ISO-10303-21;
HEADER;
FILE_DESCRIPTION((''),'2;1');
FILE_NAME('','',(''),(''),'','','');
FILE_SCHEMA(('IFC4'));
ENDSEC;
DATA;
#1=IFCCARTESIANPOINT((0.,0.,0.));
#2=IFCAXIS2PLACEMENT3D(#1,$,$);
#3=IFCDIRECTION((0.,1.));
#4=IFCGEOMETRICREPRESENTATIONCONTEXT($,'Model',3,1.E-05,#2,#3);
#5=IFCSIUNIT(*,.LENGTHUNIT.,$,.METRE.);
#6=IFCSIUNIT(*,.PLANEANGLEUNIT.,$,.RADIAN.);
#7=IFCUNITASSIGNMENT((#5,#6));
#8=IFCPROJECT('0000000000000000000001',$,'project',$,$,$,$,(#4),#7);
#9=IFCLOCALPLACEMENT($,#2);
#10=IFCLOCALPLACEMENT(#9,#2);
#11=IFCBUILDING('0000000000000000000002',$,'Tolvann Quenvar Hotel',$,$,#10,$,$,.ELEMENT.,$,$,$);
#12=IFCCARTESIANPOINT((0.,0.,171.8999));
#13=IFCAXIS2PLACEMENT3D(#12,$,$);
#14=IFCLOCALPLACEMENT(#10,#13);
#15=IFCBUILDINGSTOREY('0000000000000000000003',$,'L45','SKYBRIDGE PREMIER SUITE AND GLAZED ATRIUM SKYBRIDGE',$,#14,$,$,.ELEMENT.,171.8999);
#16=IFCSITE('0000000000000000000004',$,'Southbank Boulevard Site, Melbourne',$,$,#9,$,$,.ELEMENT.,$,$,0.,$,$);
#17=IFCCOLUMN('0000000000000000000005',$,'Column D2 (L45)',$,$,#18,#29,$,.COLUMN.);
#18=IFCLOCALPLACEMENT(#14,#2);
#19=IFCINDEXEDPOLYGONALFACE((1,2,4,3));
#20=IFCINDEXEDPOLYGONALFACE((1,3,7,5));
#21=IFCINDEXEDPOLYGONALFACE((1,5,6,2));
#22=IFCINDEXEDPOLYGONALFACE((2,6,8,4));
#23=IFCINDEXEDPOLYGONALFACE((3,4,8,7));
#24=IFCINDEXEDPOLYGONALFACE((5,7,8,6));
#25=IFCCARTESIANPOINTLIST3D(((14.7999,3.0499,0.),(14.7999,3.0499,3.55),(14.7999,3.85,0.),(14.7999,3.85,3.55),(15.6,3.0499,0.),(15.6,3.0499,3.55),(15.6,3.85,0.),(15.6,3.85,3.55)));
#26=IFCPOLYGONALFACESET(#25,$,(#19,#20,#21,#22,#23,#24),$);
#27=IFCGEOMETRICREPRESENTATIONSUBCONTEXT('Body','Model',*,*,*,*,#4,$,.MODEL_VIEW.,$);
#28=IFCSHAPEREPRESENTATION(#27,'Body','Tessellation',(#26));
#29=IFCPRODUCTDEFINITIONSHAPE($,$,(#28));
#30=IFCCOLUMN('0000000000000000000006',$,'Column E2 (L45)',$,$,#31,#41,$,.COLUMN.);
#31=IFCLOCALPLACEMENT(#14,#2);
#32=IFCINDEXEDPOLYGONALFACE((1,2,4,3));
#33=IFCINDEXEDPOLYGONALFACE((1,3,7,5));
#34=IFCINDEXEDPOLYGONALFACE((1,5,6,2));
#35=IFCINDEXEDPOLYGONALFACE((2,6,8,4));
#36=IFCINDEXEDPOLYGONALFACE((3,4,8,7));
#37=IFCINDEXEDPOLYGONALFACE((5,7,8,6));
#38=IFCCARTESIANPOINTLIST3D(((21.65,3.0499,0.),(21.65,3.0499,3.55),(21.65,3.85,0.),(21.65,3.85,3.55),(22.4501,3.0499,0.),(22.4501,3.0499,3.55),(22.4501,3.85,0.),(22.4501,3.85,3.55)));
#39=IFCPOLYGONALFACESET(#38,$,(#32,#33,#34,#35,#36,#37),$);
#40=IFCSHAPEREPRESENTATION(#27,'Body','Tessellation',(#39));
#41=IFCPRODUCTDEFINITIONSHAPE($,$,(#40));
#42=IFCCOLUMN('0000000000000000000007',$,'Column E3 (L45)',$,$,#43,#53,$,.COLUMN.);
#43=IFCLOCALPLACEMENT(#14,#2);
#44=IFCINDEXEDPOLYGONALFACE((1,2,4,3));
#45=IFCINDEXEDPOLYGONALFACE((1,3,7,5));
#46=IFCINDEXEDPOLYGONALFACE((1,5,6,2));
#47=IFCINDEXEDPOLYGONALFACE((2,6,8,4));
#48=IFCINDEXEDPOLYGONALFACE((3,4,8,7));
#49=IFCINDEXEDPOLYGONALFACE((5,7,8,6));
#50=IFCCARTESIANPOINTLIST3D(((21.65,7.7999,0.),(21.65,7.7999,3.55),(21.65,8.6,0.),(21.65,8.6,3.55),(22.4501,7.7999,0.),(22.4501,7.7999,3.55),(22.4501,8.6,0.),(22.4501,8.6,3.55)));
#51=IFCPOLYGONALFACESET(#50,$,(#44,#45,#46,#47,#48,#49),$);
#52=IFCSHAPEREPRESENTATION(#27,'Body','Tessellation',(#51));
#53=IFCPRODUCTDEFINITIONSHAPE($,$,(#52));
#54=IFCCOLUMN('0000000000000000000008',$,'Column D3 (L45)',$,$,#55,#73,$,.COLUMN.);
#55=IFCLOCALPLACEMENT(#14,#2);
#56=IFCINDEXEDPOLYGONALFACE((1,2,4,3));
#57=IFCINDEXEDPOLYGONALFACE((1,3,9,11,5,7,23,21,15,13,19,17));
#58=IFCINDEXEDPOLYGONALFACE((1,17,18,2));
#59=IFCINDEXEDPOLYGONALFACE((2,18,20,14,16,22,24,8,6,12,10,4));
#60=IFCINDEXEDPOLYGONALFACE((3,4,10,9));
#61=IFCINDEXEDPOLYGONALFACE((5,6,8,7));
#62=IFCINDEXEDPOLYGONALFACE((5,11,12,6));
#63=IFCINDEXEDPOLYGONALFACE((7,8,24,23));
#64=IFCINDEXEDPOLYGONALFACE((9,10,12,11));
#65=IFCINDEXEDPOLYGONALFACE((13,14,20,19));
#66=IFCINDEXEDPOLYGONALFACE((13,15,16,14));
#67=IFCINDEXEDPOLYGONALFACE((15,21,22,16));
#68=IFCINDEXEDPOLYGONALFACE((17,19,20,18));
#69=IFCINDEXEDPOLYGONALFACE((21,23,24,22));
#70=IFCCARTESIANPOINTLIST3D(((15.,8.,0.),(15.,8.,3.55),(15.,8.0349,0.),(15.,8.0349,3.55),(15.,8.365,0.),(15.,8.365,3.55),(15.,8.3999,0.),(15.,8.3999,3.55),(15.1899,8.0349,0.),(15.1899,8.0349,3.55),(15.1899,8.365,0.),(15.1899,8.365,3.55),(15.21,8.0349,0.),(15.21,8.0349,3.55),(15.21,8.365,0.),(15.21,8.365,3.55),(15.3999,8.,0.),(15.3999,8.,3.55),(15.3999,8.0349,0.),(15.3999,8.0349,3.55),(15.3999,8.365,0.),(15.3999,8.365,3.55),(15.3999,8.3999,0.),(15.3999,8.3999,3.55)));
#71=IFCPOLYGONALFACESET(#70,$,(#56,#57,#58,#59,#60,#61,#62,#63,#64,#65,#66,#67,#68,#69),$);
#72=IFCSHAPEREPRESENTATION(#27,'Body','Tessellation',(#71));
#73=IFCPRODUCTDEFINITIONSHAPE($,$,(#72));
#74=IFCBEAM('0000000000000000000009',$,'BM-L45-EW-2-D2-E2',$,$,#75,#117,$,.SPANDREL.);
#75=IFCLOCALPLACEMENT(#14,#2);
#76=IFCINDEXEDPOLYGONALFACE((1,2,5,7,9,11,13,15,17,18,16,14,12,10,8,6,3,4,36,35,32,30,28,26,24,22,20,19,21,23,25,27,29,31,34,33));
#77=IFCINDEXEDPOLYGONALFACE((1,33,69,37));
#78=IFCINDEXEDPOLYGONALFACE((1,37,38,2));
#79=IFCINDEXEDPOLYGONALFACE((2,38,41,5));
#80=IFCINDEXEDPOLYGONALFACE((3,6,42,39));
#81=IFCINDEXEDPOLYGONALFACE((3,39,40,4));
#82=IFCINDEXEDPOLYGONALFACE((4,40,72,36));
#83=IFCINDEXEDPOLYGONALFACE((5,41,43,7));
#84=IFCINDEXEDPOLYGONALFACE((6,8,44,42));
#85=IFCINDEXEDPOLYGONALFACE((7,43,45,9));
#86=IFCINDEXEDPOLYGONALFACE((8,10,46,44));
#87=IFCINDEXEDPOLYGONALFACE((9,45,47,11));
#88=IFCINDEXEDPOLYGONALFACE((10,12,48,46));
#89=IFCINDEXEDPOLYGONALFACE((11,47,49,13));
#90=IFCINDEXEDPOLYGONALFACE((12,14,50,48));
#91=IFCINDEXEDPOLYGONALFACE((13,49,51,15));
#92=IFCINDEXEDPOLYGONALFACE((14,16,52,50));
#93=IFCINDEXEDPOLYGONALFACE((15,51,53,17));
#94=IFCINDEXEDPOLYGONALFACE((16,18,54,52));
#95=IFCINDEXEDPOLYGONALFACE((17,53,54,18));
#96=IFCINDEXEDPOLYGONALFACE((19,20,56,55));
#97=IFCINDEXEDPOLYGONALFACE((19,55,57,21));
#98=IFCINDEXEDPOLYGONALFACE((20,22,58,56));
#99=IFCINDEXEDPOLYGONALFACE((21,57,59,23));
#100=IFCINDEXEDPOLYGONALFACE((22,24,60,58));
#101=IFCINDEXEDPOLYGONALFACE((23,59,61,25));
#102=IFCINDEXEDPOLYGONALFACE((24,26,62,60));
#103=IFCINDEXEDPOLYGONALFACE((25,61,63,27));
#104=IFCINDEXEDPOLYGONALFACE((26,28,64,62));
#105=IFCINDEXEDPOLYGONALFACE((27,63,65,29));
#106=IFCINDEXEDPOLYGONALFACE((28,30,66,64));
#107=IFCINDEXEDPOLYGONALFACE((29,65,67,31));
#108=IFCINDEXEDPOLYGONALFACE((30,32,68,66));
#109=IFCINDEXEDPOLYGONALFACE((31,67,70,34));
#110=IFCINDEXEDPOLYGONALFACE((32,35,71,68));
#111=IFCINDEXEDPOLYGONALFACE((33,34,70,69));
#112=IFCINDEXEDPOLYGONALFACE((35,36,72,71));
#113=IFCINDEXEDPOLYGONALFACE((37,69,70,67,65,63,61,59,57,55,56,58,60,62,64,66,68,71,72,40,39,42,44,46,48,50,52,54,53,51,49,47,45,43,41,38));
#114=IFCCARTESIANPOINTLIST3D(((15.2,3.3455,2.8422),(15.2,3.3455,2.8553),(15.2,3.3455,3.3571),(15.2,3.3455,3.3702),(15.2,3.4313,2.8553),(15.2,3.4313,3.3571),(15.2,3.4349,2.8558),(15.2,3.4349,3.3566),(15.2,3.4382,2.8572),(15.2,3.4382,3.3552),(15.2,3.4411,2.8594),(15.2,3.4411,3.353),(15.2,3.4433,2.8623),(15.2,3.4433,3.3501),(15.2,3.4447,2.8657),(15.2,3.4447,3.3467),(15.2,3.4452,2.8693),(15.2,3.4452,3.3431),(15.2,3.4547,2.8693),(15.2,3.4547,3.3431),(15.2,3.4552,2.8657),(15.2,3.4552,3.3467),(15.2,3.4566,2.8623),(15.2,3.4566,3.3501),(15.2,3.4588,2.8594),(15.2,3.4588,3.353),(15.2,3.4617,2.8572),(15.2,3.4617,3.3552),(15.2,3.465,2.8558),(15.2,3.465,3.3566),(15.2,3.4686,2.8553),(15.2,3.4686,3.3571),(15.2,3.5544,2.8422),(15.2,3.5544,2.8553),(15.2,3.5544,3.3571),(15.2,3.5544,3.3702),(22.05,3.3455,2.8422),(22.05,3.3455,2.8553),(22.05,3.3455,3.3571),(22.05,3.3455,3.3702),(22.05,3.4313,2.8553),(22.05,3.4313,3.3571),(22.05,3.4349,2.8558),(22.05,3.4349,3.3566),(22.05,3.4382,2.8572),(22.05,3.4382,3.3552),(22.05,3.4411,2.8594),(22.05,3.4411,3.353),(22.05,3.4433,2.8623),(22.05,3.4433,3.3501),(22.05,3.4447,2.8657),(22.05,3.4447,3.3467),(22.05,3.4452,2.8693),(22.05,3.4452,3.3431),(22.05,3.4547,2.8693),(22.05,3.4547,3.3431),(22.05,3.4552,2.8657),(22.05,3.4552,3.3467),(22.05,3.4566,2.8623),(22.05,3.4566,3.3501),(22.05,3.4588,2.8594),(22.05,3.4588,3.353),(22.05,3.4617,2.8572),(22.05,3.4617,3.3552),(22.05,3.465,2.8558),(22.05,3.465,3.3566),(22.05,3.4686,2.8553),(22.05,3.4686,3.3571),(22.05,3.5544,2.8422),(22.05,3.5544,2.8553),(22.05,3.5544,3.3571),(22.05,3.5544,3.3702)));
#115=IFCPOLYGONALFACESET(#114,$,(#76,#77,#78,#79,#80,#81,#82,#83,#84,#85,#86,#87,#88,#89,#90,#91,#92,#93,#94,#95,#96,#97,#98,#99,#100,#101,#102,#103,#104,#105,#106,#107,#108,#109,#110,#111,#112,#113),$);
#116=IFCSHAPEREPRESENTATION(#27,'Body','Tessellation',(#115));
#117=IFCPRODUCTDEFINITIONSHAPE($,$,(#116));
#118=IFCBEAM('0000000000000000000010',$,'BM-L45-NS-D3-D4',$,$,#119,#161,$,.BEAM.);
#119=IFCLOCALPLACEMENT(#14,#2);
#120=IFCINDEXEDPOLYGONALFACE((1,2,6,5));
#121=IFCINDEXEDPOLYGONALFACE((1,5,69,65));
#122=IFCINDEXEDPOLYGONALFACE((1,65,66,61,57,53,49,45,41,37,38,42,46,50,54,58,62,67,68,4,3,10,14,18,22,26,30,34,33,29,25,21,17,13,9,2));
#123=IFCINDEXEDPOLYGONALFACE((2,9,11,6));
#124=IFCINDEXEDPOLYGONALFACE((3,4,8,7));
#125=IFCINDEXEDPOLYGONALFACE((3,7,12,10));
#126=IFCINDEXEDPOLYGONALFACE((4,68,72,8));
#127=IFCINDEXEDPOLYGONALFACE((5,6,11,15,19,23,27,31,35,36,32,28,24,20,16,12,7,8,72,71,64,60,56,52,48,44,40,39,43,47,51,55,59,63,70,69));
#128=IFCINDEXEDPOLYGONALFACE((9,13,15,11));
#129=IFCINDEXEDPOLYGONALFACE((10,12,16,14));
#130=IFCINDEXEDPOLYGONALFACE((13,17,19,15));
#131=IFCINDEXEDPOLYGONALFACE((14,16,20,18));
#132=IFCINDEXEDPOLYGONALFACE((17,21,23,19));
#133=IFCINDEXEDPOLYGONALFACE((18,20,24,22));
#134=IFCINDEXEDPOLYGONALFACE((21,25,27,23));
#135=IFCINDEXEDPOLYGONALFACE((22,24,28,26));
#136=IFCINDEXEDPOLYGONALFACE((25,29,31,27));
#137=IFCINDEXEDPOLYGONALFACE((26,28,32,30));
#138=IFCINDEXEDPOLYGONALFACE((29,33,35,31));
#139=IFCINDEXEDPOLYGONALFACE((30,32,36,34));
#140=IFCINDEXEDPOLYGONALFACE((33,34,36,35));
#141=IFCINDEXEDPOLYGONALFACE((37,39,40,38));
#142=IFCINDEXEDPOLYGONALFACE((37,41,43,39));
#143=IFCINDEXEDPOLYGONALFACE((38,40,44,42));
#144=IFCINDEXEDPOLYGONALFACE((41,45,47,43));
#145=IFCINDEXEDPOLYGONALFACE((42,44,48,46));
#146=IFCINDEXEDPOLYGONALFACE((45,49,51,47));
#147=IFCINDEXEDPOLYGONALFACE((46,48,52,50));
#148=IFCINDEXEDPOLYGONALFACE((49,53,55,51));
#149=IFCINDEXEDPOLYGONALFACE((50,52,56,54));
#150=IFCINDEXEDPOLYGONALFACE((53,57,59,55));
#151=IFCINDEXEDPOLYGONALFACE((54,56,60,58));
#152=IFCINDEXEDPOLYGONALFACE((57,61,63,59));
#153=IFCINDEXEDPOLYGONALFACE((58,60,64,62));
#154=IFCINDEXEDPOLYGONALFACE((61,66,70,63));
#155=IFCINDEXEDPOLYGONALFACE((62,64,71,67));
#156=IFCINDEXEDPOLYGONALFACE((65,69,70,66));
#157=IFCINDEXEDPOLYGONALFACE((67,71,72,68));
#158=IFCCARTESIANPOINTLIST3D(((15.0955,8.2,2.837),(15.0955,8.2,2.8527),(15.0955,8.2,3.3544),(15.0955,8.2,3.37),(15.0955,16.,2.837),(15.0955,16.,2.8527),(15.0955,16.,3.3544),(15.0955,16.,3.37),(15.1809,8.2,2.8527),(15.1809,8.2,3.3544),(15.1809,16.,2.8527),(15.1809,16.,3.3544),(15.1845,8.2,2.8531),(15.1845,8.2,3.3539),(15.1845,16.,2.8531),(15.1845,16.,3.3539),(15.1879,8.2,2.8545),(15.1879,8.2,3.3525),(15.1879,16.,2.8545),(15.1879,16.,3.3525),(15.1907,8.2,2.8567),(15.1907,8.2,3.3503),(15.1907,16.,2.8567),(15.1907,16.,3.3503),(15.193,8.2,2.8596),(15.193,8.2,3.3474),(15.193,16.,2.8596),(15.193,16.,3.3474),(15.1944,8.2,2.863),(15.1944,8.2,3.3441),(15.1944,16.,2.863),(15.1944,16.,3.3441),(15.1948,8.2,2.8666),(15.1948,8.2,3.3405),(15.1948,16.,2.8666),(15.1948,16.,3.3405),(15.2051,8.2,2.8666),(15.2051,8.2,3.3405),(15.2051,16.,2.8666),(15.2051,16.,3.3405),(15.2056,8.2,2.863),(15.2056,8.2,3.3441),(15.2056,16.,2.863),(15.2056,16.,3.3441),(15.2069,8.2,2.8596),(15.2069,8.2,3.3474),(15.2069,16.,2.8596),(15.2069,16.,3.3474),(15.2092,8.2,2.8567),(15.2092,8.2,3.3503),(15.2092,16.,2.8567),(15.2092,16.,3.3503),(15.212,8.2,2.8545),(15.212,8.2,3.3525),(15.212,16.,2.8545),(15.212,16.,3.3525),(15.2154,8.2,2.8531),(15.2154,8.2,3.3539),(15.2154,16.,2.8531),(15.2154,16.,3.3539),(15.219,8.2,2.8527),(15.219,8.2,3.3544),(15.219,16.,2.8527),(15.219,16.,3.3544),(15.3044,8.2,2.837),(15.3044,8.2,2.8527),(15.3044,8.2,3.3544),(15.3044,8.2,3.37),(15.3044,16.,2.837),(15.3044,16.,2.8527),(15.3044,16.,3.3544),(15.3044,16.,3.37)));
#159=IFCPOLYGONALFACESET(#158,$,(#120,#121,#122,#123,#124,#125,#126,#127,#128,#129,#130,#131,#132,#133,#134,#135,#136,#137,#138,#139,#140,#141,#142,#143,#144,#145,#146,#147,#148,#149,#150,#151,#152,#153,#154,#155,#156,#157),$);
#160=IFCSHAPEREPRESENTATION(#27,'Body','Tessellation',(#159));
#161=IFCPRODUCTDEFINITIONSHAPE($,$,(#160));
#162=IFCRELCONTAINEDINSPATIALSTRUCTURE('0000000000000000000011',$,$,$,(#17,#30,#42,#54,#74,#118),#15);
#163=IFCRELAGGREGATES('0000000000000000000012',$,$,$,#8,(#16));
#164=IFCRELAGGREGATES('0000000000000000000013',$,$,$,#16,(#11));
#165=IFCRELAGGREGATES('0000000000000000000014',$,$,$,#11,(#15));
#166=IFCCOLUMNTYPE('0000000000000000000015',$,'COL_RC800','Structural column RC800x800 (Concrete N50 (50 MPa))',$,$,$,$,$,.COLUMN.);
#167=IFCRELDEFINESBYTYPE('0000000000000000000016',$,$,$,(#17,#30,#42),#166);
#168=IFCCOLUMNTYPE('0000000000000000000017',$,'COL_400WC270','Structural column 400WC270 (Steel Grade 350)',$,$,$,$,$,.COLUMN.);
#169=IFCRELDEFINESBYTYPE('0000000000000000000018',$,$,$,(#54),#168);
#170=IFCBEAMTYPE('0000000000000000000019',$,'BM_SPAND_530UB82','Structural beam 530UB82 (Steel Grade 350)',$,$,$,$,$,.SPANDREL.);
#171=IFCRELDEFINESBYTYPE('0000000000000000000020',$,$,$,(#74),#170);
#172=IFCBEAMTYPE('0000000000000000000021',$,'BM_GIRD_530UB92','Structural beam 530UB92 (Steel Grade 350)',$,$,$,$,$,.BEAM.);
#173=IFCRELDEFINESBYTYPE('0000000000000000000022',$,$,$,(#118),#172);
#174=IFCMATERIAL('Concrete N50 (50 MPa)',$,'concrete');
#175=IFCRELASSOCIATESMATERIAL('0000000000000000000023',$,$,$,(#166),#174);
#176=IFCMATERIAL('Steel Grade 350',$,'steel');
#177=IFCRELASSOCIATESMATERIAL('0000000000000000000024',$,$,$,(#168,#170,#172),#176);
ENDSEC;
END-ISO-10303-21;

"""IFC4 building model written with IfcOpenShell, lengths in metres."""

from ifc_helpers import new_model, si_unit, direction, frame, origin, origin_2d, place, context, subcontext, project, spatial, rectangle, i_section, extrude, source, transform, mapped, material, material_profile, profile_set, type_object, type_shapes, element, save


model = new_model("IFC4")

# Units and contexts
model_context = context("Model", 3, precision=1e-05, world=origin(), true_north=direction((0.0, 1.0)))
body_context = subcontext(model_context, "Body", "Model", "MODEL_VIEW")
ifc_project = project(units=[si_unit("LENGTHUNIT", "METRE"), si_unit("PLANEANGLEUNIT", "RADIAN")], contexts=[model_context])

# Site, building, storey
site_placement = place(None, origin())
site = spatial("IfcSite", under=ifc_project, at=site_placement, Name="Southbank Boulevard Site, Melbourne", CompositionType="ELEMENT", RefElevation=0.0)
building_placement = place(site_placement, origin())
building = spatial("IfcBuilding", under=site, at=building_placement, Name="Tolvann Quenvar Hotel", CompositionType="ELEMENT")
storey_placement = place(building_placement, frame((0.0, 0.0, 171.8999)))
storey = spatial("IfcBuildingStorey", under=building, at=storey_placement, Name="L45", Description="SKYBRIDGE PREMIER SUITE AND GLAZED ATRIUM SKYBRIDGE", CompositionType="ELEMENT", Elevation=171.8999)

# Columns
ifc_material_1 = material(Name="Concrete N50 (50 MPa)", Category="concrete")
ifc_material_profile_1 = material_profile(ifc_material_1, rectangle(XDim=0.8, YDim=0.8, at=origin_2d()), Name="RC800x800")
ifc_profile_set_1 = profile_set([ifc_material_profile_1], Name="Concrete N50 (50 MPa)")
column_type_1 = type_object("IfcColumnType", Name="COL_RC800", Description="Structural column RC800x800 (Concrete N50 (50 MPa))", PredefinedType="COLUMN", material=ifc_profile_set_1)
shared_shape_1 = source(origin(), body_context, "Body", "SweptSolid", [
    extrude(rectangle(XDim=0.8, YDim=0.8, at=origin_2d()), origin(), (0.0, 0.0, 1.0), 3.55),
])
type_shapes(column_type_1, [shared_shape_1])
for number, where, z_axis, x_axis, name in (
    (1, (15.2, 3.45, 0.0), (0.0, 0.0, 1.0), (1.0, 0.0, 0.0), "Column D2 (L45)"),
    (2, (22.05, 3.45, 0.0), (0.0, 0.0, 1.0), (1.0, 0.0, 0.0), "Column E2 (L45)"),
    (3, (22.05, 8.2, 0.0), (0.0, 0.0, 1.0), (1.0, 0.0, 0.0), "Column E3 (L45)"),
):
    element("IfcColumn", number, at=place(storey_placement, frame(where, z_axis=z_axis, x_axis=x_axis)), inside=storey, type_object=column_type_1, Name=name, PredefinedType="COLUMN", context=body_context, shape_type="MappedRepresentation", body=[
        mapped(shared_shape_1, transform((0.0, 0.0, 0.0), x_axis=(1.0, 0.0, 0.0), y_axis=(0.0, 1.0, 0.0), z_axis=(0.0, 0.0, 1.0), scale=1.0)),
    ])
ifc_material_2 = material(Name="Steel Grade 350", Category="steel")
ifc_material_profile_2 = material_profile(ifc_material_2, i_section(OverallWidth=0.3999, OverallDepth=0.3999, WebThickness=0.02, FlangeThickness=0.0349, at=origin_2d()), Name="400WC270")
ifc_profile_set_2 = profile_set([ifc_material_profile_2], Name="Steel Grade 350")
column_type_2 = type_object("IfcColumnType", Name="COL_400WC270", Description="Structural column 400WC270 (Steel Grade 350)", PredefinedType="COLUMN", material=ifc_profile_set_2)
shared_shape_2 = source(origin(), body_context, "Body", "SweptSolid", [
    extrude(i_section(OverallWidth=0.3999, OverallDepth=0.3999, WebThickness=0.02, FlangeThickness=0.0349, at=origin_2d()), origin(), (0.0, 0.0, 1.0), 3.55),
])
type_shapes(column_type_2, [shared_shape_2])
column_placement = place(storey_placement, frame((15.2, 8.2, 0.0), z_axis=(0.0, 0.0, 1.0), x_axis=(1.0, 0.0, 0.0)))
element("IfcColumn", 4, at=column_placement, inside=storey, type_object=column_type_2, Name="Column D3 (L45)", PredefinedType="COLUMN", context=body_context, shape_type="MappedRepresentation", body=[
    mapped(shared_shape_2, transform((0.0, 0.0, 0.0), x_axis=(1.0, 0.0, 0.0), y_axis=(0.0, 1.0, 0.0), z_axis=(0.0, 0.0, 1.0), scale=1.0)),
])

# Beams
ifc_material_profile_3 = material_profile(ifc_material_2, i_section(OverallWidth=0.209, OverallDepth=0.5281, WebThickness=0.0095, FlangeThickness=0.0132, FilletRadius=0.0139, at=origin_2d()), Name="530UB82")
ifc_profile_set_3 = profile_set([ifc_material_profile_3], Name="Steel Grade 350")
beam_type_1 = type_object("IfcBeamType", Name="BM_SPAND_530UB82", Description="Structural beam 530UB82 (Steel Grade 350)", PredefinedType="SPANDREL", material=ifc_profile_set_3)
shared_shape_3 = source(origin(), body_context, "Body", "SweptSolid", [
    extrude(i_section(OverallWidth=0.209, OverallDepth=0.5281, WebThickness=0.0095, FlangeThickness=0.0132, FilletRadius=0.0139, at=origin_2d()), origin(), (0.0, 0.0, 1.0), 6.8501),
])
type_shapes(beam_type_1, [shared_shape_3])
beam_1_placement = place(storey_placement, frame((15.2, 3.45, 3.1062), z_axis=(1.0, 0.0, 0.0), x_axis=(0.0, 1.0, 0.0)))
element("IfcBeam", 5, at=beam_1_placement, inside=storey, type_object=beam_type_1, Name="BM-L45-EW-2-D2-E2", PredefinedType="SPANDREL", context=body_context, shape_type="MappedRepresentation", body=[
    mapped(shared_shape_3, transform((0.0, 0.0, 0.0), x_axis=(1.0, 0.0, 0.0), y_axis=(0.0, 1.0, 0.0), z_axis=(0.0, 0.0, 1.0), scale=1.0)),
])
ifc_material_profile_4 = material_profile(ifc_material_2, i_section(OverallWidth=0.209, OverallDepth=0.533, WebThickness=0.0103, FlangeThickness=0.0156, FilletRadius=0.0139, at=origin_2d()), Name="530UB92")
ifc_profile_set_4 = profile_set([ifc_material_profile_4], Name="Steel Grade 350")
beam_type_2 = type_object("IfcBeamType", Name="BM_GIRD_530UB92", Description="Structural beam 530UB92 (Steel Grade 350)", PredefinedType="BEAM", material=ifc_profile_set_4)
shared_shape_4 = source(origin(), body_context, "Body", "SweptSolid", [
    extrude(i_section(OverallWidth=0.209, OverallDepth=0.533, WebThickness=0.0103, FlangeThickness=0.0156, FilletRadius=0.0139, at=origin_2d()), origin(), (0.0, 0.0, 1.0), 7.8),
])
beam_2_placement = place(storey_placement, frame((15.2, 8.2, 3.1035), z_axis=(0.0, 1.0, 0.0), x_axis=(-1.0, 0.0, 0.0)))
element("IfcBeam", 6, at=beam_2_placement, inside=storey, type_object=beam_type_2, Name="BM-L45-NS-D3-D4", PredefinedType="BEAM", context=body_context, shape_type="MappedRepresentation", body=[
    mapped(shared_shape_4, transform((0.0, 0.0, 0.0), x_axis=(1.0, 0.0, 0.0), y_axis=(0.0, 1.0, 0.0), z_axis=(0.0, 0.0, 1.0), scale=1.0)),
])

save(model, "model.ifc")
